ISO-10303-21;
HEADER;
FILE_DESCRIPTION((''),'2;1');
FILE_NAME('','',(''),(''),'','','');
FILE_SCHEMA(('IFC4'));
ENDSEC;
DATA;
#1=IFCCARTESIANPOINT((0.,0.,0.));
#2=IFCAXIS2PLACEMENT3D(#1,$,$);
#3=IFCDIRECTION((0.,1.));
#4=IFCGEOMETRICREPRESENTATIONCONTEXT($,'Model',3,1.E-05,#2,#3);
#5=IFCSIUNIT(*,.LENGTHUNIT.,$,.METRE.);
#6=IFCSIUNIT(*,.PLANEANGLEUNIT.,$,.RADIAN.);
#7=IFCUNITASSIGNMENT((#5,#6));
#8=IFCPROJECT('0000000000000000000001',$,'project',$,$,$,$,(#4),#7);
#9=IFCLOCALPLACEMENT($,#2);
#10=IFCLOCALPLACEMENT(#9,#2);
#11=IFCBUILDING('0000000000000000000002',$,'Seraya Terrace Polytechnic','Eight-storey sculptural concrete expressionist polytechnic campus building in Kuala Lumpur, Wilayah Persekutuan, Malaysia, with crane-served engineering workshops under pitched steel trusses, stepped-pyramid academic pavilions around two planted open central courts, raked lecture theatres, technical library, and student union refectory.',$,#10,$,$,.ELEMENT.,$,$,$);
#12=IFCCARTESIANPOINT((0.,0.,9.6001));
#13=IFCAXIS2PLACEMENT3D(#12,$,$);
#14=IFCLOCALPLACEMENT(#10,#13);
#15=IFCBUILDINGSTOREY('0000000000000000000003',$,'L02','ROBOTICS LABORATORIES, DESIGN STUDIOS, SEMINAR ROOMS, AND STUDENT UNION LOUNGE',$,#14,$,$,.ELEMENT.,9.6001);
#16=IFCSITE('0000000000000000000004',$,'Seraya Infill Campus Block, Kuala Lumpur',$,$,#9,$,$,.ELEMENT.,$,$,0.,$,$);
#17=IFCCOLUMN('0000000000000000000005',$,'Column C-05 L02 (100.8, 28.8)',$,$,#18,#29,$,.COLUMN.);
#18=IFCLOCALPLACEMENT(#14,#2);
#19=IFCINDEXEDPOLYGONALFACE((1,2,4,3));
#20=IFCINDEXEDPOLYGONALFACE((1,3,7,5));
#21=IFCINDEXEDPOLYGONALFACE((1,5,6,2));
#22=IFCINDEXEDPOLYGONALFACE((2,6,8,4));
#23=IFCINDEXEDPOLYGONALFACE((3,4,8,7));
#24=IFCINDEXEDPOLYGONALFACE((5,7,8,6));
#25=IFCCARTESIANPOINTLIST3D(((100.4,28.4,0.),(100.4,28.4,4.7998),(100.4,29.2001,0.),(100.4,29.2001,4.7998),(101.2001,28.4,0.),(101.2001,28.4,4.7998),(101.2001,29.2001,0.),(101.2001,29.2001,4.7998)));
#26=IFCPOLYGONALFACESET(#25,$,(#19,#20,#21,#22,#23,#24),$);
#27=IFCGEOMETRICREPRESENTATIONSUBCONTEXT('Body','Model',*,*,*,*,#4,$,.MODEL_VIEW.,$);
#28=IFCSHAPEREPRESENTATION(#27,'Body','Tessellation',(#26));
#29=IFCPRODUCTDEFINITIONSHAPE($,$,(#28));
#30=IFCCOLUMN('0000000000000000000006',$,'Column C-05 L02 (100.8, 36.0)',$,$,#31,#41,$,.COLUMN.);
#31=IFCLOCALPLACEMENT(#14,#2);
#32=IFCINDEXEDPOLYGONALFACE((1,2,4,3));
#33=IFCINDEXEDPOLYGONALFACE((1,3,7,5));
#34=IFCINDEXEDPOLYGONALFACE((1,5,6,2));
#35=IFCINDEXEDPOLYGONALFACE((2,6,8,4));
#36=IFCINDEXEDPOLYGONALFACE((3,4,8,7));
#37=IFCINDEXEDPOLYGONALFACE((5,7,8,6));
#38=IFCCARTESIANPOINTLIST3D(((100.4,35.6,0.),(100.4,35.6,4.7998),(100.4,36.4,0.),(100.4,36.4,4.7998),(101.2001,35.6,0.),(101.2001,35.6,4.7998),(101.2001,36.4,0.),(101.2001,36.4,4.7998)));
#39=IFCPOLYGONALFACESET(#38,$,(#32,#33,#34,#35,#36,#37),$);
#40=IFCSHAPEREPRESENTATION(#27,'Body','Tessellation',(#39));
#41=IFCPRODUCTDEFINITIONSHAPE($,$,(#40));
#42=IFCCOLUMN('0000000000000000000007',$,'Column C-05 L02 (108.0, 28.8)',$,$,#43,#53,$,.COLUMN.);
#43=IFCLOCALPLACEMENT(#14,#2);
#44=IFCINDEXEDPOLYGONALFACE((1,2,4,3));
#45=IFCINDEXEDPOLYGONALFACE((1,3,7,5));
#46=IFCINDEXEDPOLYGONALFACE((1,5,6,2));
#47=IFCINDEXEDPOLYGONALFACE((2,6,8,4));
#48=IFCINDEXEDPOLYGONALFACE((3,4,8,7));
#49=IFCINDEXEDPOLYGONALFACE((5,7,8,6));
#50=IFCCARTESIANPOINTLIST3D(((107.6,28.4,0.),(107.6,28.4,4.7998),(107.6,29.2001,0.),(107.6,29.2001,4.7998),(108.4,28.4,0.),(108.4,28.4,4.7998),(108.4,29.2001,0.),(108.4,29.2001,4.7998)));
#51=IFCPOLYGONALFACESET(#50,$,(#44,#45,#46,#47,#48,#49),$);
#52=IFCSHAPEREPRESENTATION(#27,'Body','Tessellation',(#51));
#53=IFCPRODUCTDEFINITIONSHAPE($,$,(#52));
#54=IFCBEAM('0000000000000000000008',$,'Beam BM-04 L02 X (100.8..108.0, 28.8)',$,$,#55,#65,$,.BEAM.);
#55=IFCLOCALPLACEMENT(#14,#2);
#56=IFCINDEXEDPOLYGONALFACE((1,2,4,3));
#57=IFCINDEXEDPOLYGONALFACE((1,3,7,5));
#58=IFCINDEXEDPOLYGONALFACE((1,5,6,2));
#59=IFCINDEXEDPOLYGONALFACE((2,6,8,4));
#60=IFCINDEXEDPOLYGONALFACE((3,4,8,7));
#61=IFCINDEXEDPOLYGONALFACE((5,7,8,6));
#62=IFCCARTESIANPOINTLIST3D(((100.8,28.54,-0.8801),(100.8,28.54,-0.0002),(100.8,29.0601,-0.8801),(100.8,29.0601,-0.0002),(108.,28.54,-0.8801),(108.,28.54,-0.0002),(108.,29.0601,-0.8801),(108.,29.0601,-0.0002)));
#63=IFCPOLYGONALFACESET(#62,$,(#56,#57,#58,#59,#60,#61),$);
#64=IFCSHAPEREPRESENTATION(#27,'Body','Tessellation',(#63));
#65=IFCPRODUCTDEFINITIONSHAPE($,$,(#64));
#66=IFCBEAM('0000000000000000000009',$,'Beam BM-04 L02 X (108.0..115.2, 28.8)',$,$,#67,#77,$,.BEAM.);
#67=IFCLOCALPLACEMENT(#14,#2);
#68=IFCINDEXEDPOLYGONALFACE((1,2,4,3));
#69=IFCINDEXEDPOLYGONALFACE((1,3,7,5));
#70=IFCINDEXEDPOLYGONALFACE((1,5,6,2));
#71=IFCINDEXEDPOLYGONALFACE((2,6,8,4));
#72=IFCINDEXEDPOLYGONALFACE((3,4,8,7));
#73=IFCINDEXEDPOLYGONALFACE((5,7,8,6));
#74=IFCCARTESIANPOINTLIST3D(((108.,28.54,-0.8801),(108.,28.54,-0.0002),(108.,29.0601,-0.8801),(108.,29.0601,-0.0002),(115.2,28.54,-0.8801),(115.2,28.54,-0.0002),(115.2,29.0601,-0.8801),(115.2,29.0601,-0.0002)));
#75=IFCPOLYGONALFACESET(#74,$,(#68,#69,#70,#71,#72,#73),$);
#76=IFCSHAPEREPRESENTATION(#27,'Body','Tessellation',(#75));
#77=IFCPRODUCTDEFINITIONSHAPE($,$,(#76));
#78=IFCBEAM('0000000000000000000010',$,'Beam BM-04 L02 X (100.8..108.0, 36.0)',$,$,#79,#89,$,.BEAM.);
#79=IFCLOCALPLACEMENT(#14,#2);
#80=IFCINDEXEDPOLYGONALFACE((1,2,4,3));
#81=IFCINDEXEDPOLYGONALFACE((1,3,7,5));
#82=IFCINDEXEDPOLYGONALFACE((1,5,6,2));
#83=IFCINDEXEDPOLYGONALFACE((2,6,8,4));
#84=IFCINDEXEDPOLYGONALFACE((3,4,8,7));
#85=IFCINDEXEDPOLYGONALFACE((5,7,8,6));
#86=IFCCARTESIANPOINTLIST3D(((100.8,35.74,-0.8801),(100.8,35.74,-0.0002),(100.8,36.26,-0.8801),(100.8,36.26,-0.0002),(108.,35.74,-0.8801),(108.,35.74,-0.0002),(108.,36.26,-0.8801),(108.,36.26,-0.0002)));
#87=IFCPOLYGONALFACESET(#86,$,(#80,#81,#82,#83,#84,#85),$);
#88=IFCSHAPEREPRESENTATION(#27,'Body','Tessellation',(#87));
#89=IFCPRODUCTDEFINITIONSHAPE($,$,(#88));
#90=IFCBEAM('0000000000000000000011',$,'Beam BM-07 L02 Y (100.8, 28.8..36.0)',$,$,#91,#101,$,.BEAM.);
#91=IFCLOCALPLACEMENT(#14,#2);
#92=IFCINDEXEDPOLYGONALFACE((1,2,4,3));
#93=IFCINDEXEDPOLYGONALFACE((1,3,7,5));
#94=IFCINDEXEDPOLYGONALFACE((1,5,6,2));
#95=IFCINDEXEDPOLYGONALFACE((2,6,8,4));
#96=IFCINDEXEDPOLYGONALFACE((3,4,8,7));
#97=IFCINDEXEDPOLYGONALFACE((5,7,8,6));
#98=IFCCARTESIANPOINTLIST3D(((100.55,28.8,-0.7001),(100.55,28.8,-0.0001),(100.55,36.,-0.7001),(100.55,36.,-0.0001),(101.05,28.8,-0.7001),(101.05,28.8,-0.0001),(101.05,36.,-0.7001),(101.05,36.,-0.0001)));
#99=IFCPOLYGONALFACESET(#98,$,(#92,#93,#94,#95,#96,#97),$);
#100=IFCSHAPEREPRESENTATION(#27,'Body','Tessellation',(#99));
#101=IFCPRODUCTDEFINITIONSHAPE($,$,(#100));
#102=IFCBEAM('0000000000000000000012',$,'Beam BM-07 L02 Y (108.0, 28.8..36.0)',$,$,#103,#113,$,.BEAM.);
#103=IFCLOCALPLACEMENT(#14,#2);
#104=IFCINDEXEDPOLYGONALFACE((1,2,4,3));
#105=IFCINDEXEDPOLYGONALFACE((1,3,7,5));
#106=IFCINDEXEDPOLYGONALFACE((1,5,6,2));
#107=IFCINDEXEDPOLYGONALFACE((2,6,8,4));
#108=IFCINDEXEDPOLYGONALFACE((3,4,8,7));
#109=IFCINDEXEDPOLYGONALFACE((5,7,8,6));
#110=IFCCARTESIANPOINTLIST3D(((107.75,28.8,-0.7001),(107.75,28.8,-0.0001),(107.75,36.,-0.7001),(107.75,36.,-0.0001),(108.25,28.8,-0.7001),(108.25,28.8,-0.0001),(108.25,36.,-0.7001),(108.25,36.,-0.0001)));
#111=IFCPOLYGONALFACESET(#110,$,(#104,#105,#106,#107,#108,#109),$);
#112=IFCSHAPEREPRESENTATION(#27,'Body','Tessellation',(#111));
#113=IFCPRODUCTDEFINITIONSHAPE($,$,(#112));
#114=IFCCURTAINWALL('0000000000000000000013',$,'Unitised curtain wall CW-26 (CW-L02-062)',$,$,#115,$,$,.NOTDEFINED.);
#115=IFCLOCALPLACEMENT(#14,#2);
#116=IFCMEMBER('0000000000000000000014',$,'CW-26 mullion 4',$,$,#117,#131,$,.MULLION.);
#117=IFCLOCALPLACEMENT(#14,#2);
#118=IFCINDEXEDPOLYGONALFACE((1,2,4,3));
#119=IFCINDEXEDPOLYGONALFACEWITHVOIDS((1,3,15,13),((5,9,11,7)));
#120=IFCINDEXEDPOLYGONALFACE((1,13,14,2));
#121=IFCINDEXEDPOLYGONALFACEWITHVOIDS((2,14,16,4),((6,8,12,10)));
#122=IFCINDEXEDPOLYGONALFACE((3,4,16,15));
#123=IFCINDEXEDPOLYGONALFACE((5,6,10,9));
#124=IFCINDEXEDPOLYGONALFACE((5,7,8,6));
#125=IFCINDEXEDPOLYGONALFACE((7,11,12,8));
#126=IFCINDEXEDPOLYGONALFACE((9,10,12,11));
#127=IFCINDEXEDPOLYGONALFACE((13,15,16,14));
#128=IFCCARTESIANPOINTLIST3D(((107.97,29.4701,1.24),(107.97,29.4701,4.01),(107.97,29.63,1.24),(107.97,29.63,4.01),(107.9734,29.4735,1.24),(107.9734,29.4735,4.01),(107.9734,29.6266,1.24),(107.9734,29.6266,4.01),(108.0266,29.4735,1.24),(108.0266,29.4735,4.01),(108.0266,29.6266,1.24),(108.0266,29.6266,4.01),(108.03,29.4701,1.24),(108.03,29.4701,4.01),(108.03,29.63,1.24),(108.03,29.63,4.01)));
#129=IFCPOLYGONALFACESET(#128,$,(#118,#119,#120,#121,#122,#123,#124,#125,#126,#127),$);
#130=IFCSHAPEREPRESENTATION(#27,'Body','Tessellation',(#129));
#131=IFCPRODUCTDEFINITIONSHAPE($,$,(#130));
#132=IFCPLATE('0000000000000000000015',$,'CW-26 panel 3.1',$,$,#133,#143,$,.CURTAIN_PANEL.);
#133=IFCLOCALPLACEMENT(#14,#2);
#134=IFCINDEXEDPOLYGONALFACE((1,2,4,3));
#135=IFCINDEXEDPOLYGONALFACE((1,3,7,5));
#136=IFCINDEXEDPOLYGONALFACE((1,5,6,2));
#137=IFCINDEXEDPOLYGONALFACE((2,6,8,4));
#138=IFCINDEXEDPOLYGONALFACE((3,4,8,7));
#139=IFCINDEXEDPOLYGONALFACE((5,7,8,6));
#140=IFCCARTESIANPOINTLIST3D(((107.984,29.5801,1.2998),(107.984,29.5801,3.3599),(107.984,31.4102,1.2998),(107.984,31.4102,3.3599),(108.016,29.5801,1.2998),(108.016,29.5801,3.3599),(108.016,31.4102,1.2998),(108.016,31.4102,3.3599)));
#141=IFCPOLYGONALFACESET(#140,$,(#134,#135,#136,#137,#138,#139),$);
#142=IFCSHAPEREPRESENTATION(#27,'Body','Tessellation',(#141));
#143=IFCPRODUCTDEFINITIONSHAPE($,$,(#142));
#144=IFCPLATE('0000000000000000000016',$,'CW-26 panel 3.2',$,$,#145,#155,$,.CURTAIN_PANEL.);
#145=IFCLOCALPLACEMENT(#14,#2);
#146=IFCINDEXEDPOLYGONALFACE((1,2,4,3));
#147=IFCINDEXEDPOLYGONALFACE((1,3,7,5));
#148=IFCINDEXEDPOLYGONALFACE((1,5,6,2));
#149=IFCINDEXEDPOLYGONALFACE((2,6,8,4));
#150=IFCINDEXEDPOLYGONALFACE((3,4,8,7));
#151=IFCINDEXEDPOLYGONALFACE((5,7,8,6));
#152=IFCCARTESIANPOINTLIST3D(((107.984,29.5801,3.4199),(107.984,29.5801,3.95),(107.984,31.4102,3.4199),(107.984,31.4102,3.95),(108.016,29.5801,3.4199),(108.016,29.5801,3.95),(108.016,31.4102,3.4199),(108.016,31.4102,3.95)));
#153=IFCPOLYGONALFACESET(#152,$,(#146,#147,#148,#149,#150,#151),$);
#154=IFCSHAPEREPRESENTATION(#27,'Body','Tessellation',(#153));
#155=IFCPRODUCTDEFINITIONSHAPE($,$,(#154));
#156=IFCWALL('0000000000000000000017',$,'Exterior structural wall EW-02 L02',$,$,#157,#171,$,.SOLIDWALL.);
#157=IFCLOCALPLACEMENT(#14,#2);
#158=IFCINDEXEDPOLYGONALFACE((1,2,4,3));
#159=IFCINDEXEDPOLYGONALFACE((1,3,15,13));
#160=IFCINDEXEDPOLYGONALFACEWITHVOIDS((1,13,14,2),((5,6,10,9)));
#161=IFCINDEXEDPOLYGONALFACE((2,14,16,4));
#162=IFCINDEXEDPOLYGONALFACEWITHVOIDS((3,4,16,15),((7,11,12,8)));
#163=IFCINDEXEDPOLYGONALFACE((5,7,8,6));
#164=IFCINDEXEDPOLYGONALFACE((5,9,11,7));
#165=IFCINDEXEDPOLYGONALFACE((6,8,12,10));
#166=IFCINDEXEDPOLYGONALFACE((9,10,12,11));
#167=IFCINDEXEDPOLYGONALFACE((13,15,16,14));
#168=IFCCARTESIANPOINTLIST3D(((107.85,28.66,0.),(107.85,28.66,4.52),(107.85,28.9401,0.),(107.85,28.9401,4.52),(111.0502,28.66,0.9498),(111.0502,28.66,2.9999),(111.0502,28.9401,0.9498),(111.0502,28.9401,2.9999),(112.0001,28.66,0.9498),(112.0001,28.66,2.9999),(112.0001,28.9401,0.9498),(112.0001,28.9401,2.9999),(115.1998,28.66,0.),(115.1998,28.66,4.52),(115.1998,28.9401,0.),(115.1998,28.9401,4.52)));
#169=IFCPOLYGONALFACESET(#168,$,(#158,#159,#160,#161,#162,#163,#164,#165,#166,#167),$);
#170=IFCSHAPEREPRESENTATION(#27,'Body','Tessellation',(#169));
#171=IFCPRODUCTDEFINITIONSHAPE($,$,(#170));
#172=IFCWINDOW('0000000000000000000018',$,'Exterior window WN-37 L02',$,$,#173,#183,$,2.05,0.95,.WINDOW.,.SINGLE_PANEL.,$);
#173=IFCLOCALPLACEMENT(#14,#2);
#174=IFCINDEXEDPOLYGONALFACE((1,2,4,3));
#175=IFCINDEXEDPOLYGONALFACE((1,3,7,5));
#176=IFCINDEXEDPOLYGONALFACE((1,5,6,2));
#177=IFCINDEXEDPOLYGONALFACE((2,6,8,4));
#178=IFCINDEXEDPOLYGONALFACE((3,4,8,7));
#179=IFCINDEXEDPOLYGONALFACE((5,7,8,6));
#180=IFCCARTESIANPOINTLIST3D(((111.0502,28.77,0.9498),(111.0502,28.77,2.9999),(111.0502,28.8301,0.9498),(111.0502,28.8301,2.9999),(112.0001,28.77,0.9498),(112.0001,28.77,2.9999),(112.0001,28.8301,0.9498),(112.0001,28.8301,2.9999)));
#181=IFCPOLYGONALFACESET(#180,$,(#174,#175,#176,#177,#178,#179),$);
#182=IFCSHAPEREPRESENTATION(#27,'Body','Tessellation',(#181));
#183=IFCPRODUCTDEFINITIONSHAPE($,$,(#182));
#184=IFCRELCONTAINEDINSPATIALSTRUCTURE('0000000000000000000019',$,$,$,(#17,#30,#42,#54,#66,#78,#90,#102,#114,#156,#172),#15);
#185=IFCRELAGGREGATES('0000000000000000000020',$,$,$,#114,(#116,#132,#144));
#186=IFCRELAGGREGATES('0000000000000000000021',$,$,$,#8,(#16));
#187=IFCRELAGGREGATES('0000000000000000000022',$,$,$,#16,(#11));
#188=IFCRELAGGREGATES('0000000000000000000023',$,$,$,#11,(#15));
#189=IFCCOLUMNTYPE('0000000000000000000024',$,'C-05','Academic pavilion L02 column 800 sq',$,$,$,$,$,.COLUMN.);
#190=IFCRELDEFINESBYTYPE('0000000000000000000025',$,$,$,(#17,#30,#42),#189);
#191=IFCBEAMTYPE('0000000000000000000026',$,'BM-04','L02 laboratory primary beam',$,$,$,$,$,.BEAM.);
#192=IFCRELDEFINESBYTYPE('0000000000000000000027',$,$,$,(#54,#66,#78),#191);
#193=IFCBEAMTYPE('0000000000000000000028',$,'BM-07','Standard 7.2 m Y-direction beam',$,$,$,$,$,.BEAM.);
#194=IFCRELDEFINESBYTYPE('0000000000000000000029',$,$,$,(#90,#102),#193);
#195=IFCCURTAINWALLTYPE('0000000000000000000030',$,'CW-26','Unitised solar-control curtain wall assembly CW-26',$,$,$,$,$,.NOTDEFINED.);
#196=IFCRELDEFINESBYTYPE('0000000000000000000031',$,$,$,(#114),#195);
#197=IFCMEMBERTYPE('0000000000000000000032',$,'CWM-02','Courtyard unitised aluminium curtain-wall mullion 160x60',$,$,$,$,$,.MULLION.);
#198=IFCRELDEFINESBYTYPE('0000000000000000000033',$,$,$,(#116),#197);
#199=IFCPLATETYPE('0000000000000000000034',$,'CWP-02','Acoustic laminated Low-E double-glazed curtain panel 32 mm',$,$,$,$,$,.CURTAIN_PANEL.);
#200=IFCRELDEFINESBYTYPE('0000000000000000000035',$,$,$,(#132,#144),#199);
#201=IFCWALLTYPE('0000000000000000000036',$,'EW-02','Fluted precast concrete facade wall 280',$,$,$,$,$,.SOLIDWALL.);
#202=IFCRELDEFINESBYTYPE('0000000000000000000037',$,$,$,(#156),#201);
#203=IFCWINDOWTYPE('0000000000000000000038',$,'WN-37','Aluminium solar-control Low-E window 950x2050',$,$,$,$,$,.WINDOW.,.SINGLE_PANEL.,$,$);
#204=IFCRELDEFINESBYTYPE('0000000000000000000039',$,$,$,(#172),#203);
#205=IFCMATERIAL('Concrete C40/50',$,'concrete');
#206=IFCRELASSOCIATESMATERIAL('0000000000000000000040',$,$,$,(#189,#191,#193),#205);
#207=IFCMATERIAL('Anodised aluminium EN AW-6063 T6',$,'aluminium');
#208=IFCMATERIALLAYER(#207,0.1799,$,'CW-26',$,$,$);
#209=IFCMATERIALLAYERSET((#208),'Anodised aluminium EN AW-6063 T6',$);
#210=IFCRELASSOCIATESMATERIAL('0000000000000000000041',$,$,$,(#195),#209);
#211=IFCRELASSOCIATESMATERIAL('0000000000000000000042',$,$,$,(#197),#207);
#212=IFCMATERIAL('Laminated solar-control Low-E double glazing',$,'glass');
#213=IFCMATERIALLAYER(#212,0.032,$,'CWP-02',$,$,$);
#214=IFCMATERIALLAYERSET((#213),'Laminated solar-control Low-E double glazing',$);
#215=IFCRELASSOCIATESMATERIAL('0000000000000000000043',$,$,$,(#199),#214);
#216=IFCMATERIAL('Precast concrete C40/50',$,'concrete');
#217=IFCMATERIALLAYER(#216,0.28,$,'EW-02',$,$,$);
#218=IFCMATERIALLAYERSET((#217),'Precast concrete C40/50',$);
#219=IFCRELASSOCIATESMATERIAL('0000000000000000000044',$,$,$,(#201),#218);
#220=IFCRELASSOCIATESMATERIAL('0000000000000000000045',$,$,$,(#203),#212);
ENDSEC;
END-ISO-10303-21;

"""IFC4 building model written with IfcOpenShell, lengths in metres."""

from ifc_helpers import new_model, si_unit, direction, frame, frame_2d, origin, origin_2d, place, context, subcontext, project, spatial, rectangle, hollow_rectangle, extrude, material, layer, layer_set, material_profile, profile_set, type_object, element, fill, aggregate, save


model = new_model("IFC4")

# Units and contexts
model_context = context("Model", 3, precision=1e-05, world=origin(), true_north=direction((0.0, 1.0)))
body_context = subcontext(model_context, "Body", "Model", "MODEL_VIEW")
ifc_project = project(units=[si_unit("LENGTHUNIT", "METRE"), si_unit("PLANEANGLEUNIT", "RADIAN")], contexts=[model_context])

# Site, building, storey
site_placement = place(None, origin())
site = spatial("IfcSite", under=ifc_project, at=site_placement, Name="Seraya Infill Campus Block, Kuala Lumpur", CompositionType="ELEMENT", RefElevation=0.0)
building_placement = place(site_placement, origin())
building = spatial("IfcBuilding", under=site, at=building_placement, Name="Seraya Terrace Polytechnic", Description="Eight-storey sculptural concrete expressionist polytechnic campus building in Kuala Lumpur, Wilayah Persekutuan, Malaysia, with crane-served engineering workshops under pitched steel trusses, stepped-pyramid academic pavilions around two planted open central courts, raked lecture theatres, technical library, and student union refectory.", CompositionType="ELEMENT")
storey_placement = place(building_placement, frame((0.0, 0.0, 9.6001)))
storey = spatial("IfcBuildingStorey", under=building, at=storey_placement, Name="L02", Description="ROBOTICS LABORATORIES, DESIGN STUDIOS, SEMINAR ROOMS, AND STUDENT UNION LOUNGE", CompositionType="ELEMENT", Elevation=9.6001)

# Columns
ifc_material_1 = material(Name="Concrete C40/50", Category="concrete")
ifc_material_profile_1 = material_profile(ifc_material_1, rectangle(XDim=0.8, YDim=0.8, at=origin_2d()), Name="RC 800x800")
ifc_profile_set_1 = profile_set([ifc_material_profile_1], Name="Concrete C40/50")
column_type = type_object("IfcColumnType", Name="C-05", Description="Academic pavilion L02 column 800 sq", PredefinedType="COLUMN", material=ifc_profile_set_1)
for number, where, z_axis, x_axis, name in (
    (1, (100.8, 28.8, 0.0), (0.0, 0.0, 1.0), (1.0, 0.0, 0.0), "Column C-05 L02 (100.8, 28.8)"),
    (2, (100.8, 36.0, 0.0), (0.0, 0.0, 1.0), (1.0, 0.0, 0.0), "Column C-05 L02 (100.8, 36.0)"),
    (3, (108.0, 28.8, 0.0), (0.0, 0.0, 1.0), (1.0, 0.0, 0.0), "Column C-05 L02 (108.0, 28.8)"),
):
    element("IfcColumn", number, at=place(storey_placement, frame(where, z_axis=z_axis, x_axis=x_axis)), inside=storey, type_object=column_type, Name=name, PredefinedType="COLUMN", context=body_context, shape_type="SweptSolid", body=[
        extrude(rectangle(XDim=0.8, YDim=0.8, at=origin_2d()), origin(), (0.0, 0.0, 1.0), 4.7998),
    ])

# Beams
ifc_material_profile_2 = material_profile(ifc_material_1, rectangle(XDim=0.52, YDim=0.8799, at=origin_2d()), Name="RC 520x880")
ifc_profile_set_2 = profile_set([ifc_material_profile_2], Name="Concrete C40/50")
beam_type_1 = type_object("IfcBeamType", Name="BM-04", Description="L02 laboratory primary beam", PredefinedType="BEAM", material=ifc_profile_set_2)
for number, where, z_axis, x_axis, name in (
    (4, (100.8, 28.8, -0.4402), (1.0, 0.0, 0.0), (0.0, 1.0, 0.0), "Beam BM-04 L02 X (100.8..108.0, 28.8)"),
    (5, (108.0, 28.8, -0.4402), (1.0, 0.0, 0.0), (0.0, 1.0, 0.0), "Beam BM-04 L02 X (108.0..115.2, 28.8)"),
    (6, (100.8, 36.0, -0.4402), (1.0, 0.0, 0.0), (0.0, 1.0, 0.0), "Beam BM-04 L02 X (100.8..108.0, 36.0)"),
):
    element("IfcBeam", number, at=place(storey_placement, frame(where, z_axis=z_axis, x_axis=x_axis)), inside=storey, type_object=beam_type_1, Name=name, PredefinedType="BEAM", context=body_context, shape_type="SweptSolid", body=[
        extrude(rectangle(XDim=0.52, YDim=0.8799, at=origin_2d()), origin(), (0.0, 0.0, 1.0), 7.2),
    ])
ifc_material_profile_3 = material_profile(ifc_material_1, rectangle(XDim=0.5, YDim=0.7, at=origin_2d()), Name="RC 500x700")
ifc_profile_set_3 = profile_set([ifc_material_profile_3], Name="Concrete C40/50")
beam_type_2 = type_object("IfcBeamType", Name="BM-07", Description="Standard 7.2 m Y-direction beam", PredefinedType="BEAM", material=ifc_profile_set_3)
for number, where, z_axis, x_axis, name in (
    (7, (100.8, 28.8, -0.3501), (0.0, 1.0, 0.0), (-1.0, 0.0, 0.0), "Beam BM-07 L02 Y (100.8, 28.8..36.0)"),
    (8, (108.0, 28.8, -0.3501), (0.0, 1.0, 0.0), (-1.0, 0.0, 0.0), "Beam BM-07 L02 Y (108.0, 28.8..36.0)"),
):
    element("IfcBeam", number, at=place(storey_placement, frame(where, z_axis=z_axis, x_axis=x_axis)), inside=storey, type_object=beam_type_2, Name=name, PredefinedType="BEAM", context=body_context, shape_type="SweptSolid", body=[
        extrude(rectangle(XDim=0.5, YDim=0.7, at=origin_2d()), origin(), (0.0, 0.0, 1.0), 7.2),
    ])

# Curtain wall, member, plates
ifc_material_2 = material(Name="Anodised aluminium EN AW-6063 T6", Category="aluminium")
ifc_layer_1 = layer(ifc_material_2, 0.1799, Name="CW-26")
ifc_layer_set_1 = layer_set([ifc_layer_1], Name="Anodised aluminium EN AW-6063 T6")
curtain_wall_type = type_object("IfcCurtainWallType", Name="CW-26", Description="Unitised solar-control curtain wall assembly CW-26", PredefinedType="NOTDEFINED", material=ifc_layer_set_1)
curtain_wall_placement = place(storey_placement, origin())
curtain_wall = element("IfcCurtainWall", 9, at=curtain_wall_placement, inside=storey, type_object=curtain_wall_type, Name="Unitised curtain wall CW-26 (CW-L02-062)", PredefinedType="NOTDEFINED")
ifc_material_profile_4 = material_profile(ifc_material_2, hollow_rectangle(XDim=0.0601, YDim=0.1599, WallThickness=0.0034, at=origin_2d()), Name="RHS 160x60x3.5")
ifc_profile_set_4 = profile_set([ifc_material_profile_4], Name="Anodised aluminium EN AW-6063 T6")
member_type = type_object("IfcMemberType", Name="CWM-02", Description="Courtyard unitised aluminium curtain-wall mullion 160x60", PredefinedType="MULLION", material=ifc_profile_set_4)
member_placement = place(storey_placement, frame((108.0, 29.55, 1.24), z_axis=(0.0, 0.0, 1.0), x_axis=(1.0, 0.0, 0.0)))
member = element("IfcMember", 10, at=member_placement, type_object=member_type, Name="CW-26 mullion 4", PredefinedType="MULLION", context=body_context, shape_type="SweptSolid", body=[
    extrude(hollow_rectangle(XDim=0.0601, YDim=0.1599, WallThickness=0.0034, at=origin_2d()), origin(), (0.0, 0.0, 1.0), 2.77),
])
ifc_material_3 = material(Name="Laminated solar-control Low-E double glazing", Category="glass")
ifc_layer_2 = layer(ifc_material_3, 0.032, Name="CWP-02")
ifc_layer_set_2 = layer_set([ifc_layer_2], Name="Laminated solar-control Low-E double glazing")
plate_type = type_object("IfcPlateType", Name="CWP-02", Description="Acoustic laminated Low-E double-glazed curtain panel 32 mm", PredefinedType="CURTAIN_PANEL", material=ifc_layer_set_2)
plate_1_placement = place(storey_placement, frame((108.0, 30.4951, 1.2998), z_axis=(0.0, 0.0, 1.0), x_axis=(0.0, -1.0, 0.0)))
plate_1 = element("IfcPlate", 11, at=plate_1_placement, type_object=plate_type, Name="CW-26 panel 3.1", PredefinedType="CURTAIN_PANEL", context=body_context, shape_type="SweptSolid", body=[
    extrude(rectangle(XDim=1.8301, YDim=0.032, at=origin_2d()), origin(), (0.0, 0.0, 1.0), 2.0601),
])
plate_2_placement = place(storey_placement, frame((108.0, 30.4951, 3.4199), z_axis=(0.0, 0.0, 1.0), x_axis=(0.0, -1.0, 0.0)))
plate_2 = element("IfcPlate", 12, at=plate_2_placement, type_object=plate_type, Name="CW-26 panel 3.2", PredefinedType="CURTAIN_PANEL", context=body_context, shape_type="SweptSolid", body=[
    extrude(rectangle(XDim=1.8301, YDim=0.032, at=origin_2d()), origin(), (0.0, 0.0, 1.0), 0.53),
])
aggregate(curtain_wall, [member, plate_1, plate_2])

# Wall, opening, window
ifc_material_4 = material(Name="Precast concrete C40/50", Category="concrete")
ifc_layer_3 = layer(ifc_material_4, 0.28, Name="EW-02")
ifc_layer_set_3 = layer_set([ifc_layer_3], Name="Precast concrete C40/50")
wall_type_1 = type_object("IfcWallType", Name="EW-02", Description="Fluted precast concrete facade wall 280", PredefinedType="SOLIDWALL", material=ifc_layer_set_3)
wall_1_placement = place(storey_placement, frame((107.8501, 28.8, 0.0), z_axis=(0.0, 0.0, 1.0), x_axis=(1.0, 0.0, 0.0)))
wall_1 = element("IfcWall", 13, at=wall_1_placement, inside=storey, type_object=wall_type_1, Name="Exterior structural wall EW-02 L02", PredefinedType="SOLIDWALL", context=body_context, shape_type="SweptSolid", body=[
    extrude(rectangle(XDim=7.3499, YDim=0.28, at=frame_2d((3.6748, 0.0))), origin(), (0.0, 0.0, 1.0), 4.52),
])
opening_1_placement = place(wall_1_placement, frame((3.2, 0.0, 0.95)))
opening_1 = element("IfcOpeningElement", 14, at=opening_1_placement, cuts=wall_1, PredefinedType="OPENING", context=body_context, shape_type="SweptSolid", body=[
    extrude(rectangle(XDim=0.95, YDim=2.05, at=frame_2d((0.4751, 1.0249))), frame((0.0, 0.1519, 0.0), z_axis=(0.0, -1.0, 0.0), x_axis=(1.0, 0.0, 0.0)), (0.0, 0.0, 1.0), 0.304),
])
window_type = type_object("IfcWindowType", Name="WN-37", Description="Aluminium solar-control Low-E window 950x2050", PartitioningType="SINGLE_PANEL", PredefinedType="WINDOW", material=ifc_material_3)
window_placement = place(opening_1_placement, origin())
window = element("IfcWindow", 15, at=window_placement, inside=storey, type_object=window_type, Name="Exterior window WN-37 L02", OverallHeight=2.05, OverallWidth=0.95, PartitioningType="SINGLE_PANEL", PredefinedType="WINDOW", context=body_context, shape_type="SweptSolid", body=[
    extrude(rectangle(XDim=0.95, YDim=2.05, at=frame_2d((0.4751, 1.0249))), frame((0.0, 0.03, 0.0), z_axis=(0.0, -1.0, 0.0), x_axis=(1.0, 0.0, 0.0)), (0.0, 0.0, 1.0), 0.0601),
])
fill(opening_1, window)

save(model, "model.ifc")
